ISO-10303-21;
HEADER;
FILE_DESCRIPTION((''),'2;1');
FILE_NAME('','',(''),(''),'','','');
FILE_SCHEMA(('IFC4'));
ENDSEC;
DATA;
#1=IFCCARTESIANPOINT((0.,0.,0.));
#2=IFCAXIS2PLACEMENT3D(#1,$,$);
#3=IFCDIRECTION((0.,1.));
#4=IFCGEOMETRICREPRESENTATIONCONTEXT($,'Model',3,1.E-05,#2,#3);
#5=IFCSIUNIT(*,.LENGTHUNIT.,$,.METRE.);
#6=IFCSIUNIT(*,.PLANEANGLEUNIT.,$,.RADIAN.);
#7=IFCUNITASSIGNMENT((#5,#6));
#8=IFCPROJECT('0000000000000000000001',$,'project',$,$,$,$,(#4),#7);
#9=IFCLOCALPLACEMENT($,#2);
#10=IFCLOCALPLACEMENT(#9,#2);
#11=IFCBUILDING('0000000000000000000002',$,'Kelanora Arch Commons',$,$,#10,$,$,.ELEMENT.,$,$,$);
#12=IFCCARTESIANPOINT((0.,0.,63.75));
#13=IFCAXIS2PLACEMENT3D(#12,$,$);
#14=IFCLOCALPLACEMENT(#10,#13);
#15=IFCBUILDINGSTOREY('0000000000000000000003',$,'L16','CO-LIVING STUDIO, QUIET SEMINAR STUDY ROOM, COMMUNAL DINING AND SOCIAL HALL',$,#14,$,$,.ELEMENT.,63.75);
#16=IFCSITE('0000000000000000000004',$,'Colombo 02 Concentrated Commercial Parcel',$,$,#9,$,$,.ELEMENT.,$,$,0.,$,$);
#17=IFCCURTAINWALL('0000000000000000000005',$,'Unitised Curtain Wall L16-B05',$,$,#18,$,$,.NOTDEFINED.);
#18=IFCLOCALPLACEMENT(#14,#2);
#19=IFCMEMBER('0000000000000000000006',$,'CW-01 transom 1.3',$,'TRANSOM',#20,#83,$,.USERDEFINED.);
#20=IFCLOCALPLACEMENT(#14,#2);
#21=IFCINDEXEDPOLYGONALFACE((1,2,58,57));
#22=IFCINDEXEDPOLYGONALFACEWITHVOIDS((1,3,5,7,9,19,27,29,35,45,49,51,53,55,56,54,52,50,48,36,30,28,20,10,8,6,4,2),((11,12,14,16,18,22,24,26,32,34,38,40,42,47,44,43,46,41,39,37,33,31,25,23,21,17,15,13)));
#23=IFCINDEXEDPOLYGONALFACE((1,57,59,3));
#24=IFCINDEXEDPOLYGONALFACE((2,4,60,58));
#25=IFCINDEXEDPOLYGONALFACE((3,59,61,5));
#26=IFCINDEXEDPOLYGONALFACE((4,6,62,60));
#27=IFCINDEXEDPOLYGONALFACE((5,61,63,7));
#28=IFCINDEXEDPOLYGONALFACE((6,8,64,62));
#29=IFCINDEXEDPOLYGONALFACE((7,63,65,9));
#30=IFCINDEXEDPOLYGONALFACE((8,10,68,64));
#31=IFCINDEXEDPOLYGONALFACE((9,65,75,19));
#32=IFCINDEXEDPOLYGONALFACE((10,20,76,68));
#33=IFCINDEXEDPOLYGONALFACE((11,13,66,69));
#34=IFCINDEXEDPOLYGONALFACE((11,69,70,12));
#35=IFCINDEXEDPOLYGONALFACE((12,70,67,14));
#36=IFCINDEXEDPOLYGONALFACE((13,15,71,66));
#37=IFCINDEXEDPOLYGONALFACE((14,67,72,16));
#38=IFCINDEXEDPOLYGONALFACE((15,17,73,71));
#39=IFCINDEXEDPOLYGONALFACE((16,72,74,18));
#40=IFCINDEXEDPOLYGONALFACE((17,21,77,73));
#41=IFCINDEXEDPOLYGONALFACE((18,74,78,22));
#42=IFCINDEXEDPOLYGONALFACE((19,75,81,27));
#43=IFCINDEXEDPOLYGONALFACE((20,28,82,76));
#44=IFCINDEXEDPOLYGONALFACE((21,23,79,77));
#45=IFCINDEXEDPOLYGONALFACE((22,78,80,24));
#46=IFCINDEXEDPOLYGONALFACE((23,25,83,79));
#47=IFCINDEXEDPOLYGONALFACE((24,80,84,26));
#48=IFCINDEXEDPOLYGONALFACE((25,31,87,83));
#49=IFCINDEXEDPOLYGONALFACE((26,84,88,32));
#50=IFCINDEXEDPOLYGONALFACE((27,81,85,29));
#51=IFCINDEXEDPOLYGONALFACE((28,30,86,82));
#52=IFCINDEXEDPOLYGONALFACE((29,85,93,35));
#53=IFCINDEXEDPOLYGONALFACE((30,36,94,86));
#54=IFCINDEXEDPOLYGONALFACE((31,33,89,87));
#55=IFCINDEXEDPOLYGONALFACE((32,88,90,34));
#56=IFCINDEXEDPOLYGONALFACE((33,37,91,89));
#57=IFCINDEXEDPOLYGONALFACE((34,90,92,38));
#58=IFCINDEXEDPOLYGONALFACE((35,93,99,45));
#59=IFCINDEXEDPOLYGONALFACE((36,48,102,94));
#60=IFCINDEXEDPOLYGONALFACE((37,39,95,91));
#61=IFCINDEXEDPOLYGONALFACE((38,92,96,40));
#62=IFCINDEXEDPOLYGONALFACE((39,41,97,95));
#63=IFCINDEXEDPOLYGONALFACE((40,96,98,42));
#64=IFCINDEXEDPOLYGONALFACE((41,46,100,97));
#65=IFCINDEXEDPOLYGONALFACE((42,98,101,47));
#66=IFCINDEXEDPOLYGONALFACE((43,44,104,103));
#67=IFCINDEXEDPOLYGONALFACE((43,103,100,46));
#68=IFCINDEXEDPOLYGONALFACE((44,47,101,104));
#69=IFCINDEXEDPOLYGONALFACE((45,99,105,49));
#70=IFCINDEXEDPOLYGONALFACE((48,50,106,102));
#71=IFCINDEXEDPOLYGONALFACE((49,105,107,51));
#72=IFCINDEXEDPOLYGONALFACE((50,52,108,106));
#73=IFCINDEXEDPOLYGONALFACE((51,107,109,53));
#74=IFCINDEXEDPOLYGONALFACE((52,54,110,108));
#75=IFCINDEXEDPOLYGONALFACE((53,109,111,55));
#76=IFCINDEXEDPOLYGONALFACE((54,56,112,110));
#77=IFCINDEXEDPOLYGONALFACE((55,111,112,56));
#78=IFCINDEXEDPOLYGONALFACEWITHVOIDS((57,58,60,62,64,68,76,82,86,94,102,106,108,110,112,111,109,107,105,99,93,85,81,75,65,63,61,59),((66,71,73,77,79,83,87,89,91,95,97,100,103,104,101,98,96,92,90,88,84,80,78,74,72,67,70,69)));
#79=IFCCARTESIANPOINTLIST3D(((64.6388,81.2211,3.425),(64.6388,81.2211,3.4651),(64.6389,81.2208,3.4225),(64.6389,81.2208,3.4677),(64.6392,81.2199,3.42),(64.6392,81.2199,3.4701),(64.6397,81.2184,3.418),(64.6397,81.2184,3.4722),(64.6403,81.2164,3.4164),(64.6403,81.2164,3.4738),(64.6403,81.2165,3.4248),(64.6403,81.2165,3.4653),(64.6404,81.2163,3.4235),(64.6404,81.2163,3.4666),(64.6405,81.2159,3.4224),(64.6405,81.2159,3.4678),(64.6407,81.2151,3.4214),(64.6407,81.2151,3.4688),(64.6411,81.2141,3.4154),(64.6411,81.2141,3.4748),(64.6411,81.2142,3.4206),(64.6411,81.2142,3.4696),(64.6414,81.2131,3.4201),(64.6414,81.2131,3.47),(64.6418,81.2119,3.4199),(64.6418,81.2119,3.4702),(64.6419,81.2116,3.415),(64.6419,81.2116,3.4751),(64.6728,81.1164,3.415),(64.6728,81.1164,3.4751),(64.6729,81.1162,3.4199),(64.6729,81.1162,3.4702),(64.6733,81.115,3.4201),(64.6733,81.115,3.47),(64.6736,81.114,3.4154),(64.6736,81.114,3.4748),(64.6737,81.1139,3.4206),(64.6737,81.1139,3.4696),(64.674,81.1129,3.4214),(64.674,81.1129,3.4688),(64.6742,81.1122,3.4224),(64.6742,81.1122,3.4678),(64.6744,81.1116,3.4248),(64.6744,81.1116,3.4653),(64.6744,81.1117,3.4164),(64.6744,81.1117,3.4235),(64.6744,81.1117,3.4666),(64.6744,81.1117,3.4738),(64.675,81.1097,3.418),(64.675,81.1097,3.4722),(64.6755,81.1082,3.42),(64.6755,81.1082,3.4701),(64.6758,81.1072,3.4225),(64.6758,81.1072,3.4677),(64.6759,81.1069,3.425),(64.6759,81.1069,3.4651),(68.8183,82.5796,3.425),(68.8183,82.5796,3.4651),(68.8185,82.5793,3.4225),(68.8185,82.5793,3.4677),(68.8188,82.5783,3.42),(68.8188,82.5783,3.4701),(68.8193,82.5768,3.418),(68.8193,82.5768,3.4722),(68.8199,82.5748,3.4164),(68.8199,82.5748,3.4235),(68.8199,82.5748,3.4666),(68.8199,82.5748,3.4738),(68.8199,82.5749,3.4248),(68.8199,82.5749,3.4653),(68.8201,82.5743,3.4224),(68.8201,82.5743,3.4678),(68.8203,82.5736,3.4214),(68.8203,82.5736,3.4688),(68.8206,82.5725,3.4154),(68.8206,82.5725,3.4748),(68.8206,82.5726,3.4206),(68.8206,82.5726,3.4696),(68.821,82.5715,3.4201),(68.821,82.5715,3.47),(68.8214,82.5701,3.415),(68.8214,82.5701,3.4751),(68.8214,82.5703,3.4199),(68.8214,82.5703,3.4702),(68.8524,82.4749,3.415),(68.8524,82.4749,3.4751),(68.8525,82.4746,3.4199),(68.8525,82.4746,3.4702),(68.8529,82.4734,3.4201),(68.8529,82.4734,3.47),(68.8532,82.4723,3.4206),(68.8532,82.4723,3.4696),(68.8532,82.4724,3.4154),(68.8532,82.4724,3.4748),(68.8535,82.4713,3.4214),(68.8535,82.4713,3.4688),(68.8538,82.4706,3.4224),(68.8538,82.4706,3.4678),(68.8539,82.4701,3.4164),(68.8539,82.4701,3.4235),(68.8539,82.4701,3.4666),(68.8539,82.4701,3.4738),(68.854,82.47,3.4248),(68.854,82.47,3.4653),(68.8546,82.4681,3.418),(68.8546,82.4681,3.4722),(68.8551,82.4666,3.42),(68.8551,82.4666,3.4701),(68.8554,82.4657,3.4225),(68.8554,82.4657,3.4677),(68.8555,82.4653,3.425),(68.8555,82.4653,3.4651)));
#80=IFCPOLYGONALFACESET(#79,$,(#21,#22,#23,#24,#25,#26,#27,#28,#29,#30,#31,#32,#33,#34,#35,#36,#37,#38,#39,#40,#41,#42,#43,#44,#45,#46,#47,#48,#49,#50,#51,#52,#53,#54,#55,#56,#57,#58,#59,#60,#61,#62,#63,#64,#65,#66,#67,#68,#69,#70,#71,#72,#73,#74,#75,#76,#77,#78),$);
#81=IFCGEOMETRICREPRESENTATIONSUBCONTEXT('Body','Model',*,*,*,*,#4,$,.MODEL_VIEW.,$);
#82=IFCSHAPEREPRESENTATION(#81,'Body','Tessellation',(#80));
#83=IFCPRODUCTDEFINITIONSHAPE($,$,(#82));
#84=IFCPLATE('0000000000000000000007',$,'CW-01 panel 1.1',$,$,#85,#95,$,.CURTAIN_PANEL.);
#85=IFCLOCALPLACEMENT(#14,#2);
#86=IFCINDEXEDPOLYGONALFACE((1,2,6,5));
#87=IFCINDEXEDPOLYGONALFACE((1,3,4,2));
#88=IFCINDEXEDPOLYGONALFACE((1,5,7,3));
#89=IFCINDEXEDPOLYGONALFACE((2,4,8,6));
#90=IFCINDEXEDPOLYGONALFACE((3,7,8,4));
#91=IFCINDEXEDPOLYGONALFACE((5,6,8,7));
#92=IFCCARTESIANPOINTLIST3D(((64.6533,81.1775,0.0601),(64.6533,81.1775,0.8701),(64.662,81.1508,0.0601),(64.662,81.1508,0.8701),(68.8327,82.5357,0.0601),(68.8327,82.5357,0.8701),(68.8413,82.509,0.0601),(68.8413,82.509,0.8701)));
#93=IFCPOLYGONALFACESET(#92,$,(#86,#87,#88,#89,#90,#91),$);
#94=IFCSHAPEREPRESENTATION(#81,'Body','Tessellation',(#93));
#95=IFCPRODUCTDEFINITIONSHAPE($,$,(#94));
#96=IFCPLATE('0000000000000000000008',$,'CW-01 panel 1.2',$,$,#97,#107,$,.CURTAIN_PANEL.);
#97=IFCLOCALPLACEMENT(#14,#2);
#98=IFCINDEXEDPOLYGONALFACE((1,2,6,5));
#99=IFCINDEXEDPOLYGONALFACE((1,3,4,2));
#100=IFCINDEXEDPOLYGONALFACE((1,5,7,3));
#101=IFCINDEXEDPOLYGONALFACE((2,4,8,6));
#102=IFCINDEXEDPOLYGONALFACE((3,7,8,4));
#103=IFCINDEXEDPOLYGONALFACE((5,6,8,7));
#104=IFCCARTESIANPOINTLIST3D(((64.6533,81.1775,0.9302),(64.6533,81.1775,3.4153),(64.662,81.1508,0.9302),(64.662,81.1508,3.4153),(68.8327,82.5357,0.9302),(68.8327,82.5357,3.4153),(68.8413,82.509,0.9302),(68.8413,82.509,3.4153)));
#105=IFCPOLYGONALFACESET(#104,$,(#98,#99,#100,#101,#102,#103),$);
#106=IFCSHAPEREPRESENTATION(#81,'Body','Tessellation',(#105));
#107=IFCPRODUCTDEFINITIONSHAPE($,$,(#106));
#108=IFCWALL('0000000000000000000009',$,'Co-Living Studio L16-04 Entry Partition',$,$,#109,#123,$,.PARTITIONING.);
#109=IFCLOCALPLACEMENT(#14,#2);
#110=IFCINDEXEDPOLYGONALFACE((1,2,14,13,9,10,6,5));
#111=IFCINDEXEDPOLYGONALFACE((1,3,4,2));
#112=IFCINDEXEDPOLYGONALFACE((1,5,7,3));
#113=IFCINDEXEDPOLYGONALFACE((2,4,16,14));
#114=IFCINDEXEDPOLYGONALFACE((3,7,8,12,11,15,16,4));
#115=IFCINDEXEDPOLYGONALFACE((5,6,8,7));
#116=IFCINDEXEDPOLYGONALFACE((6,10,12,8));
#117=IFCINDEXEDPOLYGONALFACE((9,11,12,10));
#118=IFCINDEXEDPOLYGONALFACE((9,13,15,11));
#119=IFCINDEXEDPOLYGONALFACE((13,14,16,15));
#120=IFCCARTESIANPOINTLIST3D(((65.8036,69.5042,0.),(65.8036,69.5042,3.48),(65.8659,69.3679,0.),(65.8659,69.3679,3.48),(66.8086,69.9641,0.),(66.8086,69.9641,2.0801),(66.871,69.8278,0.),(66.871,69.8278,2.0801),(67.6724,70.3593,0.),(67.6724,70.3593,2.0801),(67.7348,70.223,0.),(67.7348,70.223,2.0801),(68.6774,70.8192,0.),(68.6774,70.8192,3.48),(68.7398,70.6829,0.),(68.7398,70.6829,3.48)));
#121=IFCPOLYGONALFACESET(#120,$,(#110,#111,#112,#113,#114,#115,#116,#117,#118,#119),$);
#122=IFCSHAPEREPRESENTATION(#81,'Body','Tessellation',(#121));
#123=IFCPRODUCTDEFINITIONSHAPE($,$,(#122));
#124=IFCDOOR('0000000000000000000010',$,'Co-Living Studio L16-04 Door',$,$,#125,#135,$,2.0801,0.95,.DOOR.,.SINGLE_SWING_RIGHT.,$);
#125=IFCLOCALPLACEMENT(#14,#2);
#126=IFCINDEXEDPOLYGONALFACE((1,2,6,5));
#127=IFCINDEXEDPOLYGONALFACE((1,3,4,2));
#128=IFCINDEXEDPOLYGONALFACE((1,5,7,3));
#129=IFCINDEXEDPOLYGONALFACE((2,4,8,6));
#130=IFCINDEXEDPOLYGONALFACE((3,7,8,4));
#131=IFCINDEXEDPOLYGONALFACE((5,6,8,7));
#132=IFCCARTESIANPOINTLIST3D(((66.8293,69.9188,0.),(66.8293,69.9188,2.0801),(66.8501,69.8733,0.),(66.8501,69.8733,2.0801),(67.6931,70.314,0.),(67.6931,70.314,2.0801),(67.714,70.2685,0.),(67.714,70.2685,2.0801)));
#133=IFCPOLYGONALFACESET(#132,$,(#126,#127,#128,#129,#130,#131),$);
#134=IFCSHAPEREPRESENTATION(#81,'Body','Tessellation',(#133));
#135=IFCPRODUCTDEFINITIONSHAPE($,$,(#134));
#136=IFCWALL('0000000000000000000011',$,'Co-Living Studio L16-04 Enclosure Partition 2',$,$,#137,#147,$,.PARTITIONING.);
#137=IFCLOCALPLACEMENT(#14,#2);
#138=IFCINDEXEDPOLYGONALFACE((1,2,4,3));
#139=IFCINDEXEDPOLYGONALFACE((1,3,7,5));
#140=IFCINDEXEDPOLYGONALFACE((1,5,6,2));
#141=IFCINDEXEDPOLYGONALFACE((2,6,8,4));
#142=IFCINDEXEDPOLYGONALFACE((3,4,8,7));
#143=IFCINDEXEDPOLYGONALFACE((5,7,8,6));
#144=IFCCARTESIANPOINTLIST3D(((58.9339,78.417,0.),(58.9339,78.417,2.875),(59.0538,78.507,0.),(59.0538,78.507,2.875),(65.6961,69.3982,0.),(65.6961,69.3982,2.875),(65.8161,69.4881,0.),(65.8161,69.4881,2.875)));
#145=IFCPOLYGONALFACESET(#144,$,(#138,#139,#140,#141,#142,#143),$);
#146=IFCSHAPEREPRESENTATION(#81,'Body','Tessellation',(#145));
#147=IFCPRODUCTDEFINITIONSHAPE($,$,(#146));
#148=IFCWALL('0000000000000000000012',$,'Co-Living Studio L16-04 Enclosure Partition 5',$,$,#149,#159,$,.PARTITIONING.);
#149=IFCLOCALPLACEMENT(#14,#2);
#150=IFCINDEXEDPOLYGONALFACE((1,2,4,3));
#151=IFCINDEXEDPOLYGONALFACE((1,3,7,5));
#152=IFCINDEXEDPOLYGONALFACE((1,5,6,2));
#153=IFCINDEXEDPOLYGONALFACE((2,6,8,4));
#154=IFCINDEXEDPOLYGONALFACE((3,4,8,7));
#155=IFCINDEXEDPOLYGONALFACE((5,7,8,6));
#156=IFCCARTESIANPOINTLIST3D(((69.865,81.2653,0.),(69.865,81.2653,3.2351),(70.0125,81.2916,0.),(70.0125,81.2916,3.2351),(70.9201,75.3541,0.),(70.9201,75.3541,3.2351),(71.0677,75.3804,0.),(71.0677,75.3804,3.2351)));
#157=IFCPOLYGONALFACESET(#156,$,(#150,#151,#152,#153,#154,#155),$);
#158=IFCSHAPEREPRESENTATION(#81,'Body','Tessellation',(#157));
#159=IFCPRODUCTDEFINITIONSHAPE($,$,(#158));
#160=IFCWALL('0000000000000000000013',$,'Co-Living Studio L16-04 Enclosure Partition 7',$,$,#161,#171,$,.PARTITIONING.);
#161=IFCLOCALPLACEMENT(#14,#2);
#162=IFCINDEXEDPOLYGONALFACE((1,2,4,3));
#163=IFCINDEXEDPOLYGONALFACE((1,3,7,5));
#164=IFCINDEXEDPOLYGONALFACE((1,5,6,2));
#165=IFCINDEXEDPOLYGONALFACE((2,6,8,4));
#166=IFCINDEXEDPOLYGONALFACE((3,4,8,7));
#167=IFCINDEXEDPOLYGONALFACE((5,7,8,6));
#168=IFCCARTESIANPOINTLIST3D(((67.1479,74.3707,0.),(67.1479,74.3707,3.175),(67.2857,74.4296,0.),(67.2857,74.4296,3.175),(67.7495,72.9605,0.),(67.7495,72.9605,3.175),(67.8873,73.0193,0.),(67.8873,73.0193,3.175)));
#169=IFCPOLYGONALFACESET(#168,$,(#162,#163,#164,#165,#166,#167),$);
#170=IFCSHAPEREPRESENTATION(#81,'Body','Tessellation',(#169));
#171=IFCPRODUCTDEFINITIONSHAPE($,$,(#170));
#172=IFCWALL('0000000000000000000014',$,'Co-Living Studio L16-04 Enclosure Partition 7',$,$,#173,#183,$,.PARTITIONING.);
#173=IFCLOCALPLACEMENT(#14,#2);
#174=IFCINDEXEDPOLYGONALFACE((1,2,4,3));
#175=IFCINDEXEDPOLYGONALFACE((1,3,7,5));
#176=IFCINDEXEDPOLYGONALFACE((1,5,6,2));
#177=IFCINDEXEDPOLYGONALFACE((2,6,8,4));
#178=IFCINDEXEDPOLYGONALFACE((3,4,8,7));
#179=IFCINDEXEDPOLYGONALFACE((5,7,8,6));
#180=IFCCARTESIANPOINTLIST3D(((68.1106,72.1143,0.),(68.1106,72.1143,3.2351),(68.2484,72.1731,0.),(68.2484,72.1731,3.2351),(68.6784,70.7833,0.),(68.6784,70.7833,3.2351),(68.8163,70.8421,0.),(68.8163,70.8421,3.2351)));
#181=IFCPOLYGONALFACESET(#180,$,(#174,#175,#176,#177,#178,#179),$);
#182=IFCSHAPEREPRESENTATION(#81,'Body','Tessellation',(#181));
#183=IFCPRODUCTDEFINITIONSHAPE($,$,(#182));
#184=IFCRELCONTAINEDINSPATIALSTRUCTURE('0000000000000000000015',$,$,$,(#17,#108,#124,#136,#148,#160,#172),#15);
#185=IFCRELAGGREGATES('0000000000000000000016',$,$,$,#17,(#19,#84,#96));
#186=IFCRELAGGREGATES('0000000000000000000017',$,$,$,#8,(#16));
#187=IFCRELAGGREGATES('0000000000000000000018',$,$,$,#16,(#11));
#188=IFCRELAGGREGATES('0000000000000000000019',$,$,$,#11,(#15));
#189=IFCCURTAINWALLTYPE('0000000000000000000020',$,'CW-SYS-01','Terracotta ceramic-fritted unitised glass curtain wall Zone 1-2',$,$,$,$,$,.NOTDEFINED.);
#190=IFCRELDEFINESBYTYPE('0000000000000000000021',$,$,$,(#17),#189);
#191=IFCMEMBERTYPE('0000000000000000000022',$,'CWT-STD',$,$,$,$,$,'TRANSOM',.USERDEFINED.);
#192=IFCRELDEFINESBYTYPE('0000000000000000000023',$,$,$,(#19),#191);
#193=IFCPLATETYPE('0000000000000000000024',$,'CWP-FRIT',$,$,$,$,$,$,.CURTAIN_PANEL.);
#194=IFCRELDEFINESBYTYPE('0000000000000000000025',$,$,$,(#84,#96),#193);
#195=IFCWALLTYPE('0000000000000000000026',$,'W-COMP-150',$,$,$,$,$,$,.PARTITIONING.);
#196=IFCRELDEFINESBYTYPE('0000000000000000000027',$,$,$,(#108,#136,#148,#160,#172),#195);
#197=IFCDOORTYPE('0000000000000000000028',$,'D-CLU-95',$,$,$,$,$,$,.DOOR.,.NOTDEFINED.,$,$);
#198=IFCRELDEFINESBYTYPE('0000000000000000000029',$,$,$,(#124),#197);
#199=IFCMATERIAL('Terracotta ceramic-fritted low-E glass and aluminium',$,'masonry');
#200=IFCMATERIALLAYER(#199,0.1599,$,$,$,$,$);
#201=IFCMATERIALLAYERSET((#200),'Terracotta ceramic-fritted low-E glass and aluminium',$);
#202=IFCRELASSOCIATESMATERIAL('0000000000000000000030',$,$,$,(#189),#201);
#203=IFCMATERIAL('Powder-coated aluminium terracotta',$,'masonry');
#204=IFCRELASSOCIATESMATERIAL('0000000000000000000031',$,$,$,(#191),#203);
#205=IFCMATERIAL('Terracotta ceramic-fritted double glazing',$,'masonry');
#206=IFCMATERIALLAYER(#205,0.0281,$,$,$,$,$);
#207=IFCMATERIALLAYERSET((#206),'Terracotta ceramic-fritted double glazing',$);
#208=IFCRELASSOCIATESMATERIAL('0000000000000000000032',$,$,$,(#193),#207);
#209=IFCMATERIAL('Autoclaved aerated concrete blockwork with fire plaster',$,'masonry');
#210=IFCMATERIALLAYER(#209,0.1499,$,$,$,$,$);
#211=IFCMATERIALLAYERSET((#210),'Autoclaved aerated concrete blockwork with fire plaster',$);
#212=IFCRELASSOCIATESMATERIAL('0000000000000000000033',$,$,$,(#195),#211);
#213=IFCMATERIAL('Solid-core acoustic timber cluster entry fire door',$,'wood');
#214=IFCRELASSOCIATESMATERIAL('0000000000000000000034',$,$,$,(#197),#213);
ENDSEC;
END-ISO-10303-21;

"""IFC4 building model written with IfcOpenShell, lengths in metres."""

from ifc_helpers import new_model, si_unit, direction, frame, frame_2d, origin, origin_2d, place, context, subcontext, project, spatial, rectangle, hollow_rectangle, extrude, source, transform, mapped, material, layer, layer_set, material_profile, profile_set, type_object, element, fill, aggregate, save


model = new_model("IFC4")

# Units and contexts
model_context = context("Model", 3, precision=1e-05, world=origin(), true_north=direction((0.0, 1.0)))
body_context = subcontext(model_context, "Body", "Model", "MODEL_VIEW")
ifc_project = project(units=[si_unit("LENGTHUNIT", "METRE"), si_unit("PLANEANGLEUNIT", "RADIAN")], contexts=[model_context])

# Site, building, storey
site_placement = place(None, origin())
site = spatial("IfcSite", under=ifc_project, at=site_placement, Name="Colombo 02 Concentrated Commercial Parcel", CompositionType="ELEMENT", RefElevation=0.0)
building_placement = place(site_placement, origin())
building = spatial("IfcBuilding", under=site, at=building_placement, Name="Kelanora Arch Commons", CompositionType="ELEMENT")
storey_placement = place(building_placement, frame((0.0, 0.0, 63.75)))
storey = spatial("IfcBuildingStorey", under=building, at=storey_placement, Name="L16", Description="CO-LIVING STUDIO, QUIET SEMINAR STUDY ROOM, COMMUNAL DINING AND SOCIAL HALL", CompositionType="ELEMENT", Elevation=63.75)

# Curtain wall, member, plates
ifc_material_1 = material(Name="Terracotta ceramic-fritted low-E glass and aluminium", Category="masonry")
ifc_layer_1 = layer(ifc_material_1, 0.1599)
ifc_layer_set_1 = layer_set([ifc_layer_1], Name="Terracotta ceramic-fritted low-E glass and aluminium")
curtain_wall_type = type_object("IfcCurtainWallType", Name="CW-SYS-01", Description="Terracotta ceramic-fritted unitised glass curtain wall Zone 1-2", PredefinedType="NOTDEFINED", material=ifc_layer_set_1)
curtain_wall_placement = place(storey_placement, origin())
curtain_wall = element("IfcCurtainWall", 1, at=curtain_wall_placement, inside=storey, type_object=curtain_wall_type, Name="Unitised Curtain Wall L16-B05", PredefinedType="NOTDEFINED")
ifc_material_2 = material(Name="Powder-coated aluminium terracotta", Category="masonry")
ifc_material_profile_1 = material_profile(ifc_material_2, hollow_rectangle(XDim=0.1201, YDim=0.0601, WallThickness=0.0049, InnerFilletRadius=0.0049, OuterFilletRadius=0.01, at=origin_2d()), Name="CWT120x60")
ifc_profile_set_1 = profile_set([ifc_material_profile_1], Name="Powder-coated aluminium terracotta")
member_type_1 = type_object("IfcMemberType", Name="CWT-STD", ElementType="TRANSOM", PredefinedType="USERDEFINED", material=ifc_profile_set_1)
member_1_placement = place(storey_placement, frame((68.8369, 82.5225, 3.4451), z_axis=(-0.951029, -0.309102, 0.0), x_axis=(0.309102, -0.951029, 0.0)))
member_1 = element("IfcMember", 2, at=member_1_placement, type_object=member_type_1, Name="CW-01 transom 1.3", ObjectType="TRANSOM", PredefinedType="USERDEFINED", context=body_context, shape_type="SweptSolid", body=[
    extrude(hollow_rectangle(XDim=0.1201, YDim=0.0601, WallThickness=0.0049, InnerFilletRadius=0.0049, OuterFilletRadius=0.01, at=origin_2d()), origin(), (0.0, 0.0, 1.0), 4.3948),
])
ifc_material_3 = material(Name="Terracotta ceramic-fritted double glazing", Category="masonry")
ifc_layer_2 = layer(ifc_material_3, 0.0281)
ifc_layer_set_2 = layer_set([ifc_layer_2], Name="Terracotta ceramic-fritted double glazing")
plate_type = type_object("IfcPlateType", Name="CWP-FRIT", PredefinedType="CURTAIN_PANEL", material=ifc_layer_set_2)
shared_shape_1 = source(origin(), body_context, "Body", "SweptSolid", [
    extrude(rectangle(XDim=4.3945, YDim=0.0281, at=origin_2d()), origin(), (0.0, 0.0, 1.0), 0.8101),
])
plate_1_placement = place(storey_placement, frame((66.7473, 81.8433, 0.0601), z_axis=(0.0, 0.0, 1.0), x_axis=(-0.951043, -0.309058, 0.0)))
plate_1 = element("IfcPlate", 3, at=plate_1_placement, type_object=plate_type, Name="CW-01 panel 1.1", PredefinedType="CURTAIN_PANEL", context=body_context, shape_type="MappedRepresentation", body=[
    mapped(shared_shape_1, transform((0.0, 0.0, 0.0), scale=1.0)),
])
shared_shape_2 = source(origin(), body_context, "Body", "SweptSolid", [
    extrude(rectangle(XDim=4.3945, YDim=0.0281, at=origin_2d()), origin(), (0.0, 0.0, 1.0), 2.4851),
])
plate_2_placement = place(storey_placement, frame((66.7473, 81.8433, 0.9302), z_axis=(0.0, 0.0, 1.0), x_axis=(-0.951043, -0.309058, 0.0)))
plate_2 = element("IfcPlate", 4, at=plate_2_placement, type_object=plate_type, Name="CW-01 panel 1.2", PredefinedType="CURTAIN_PANEL", context=body_context, shape_type="MappedRepresentation", body=[
    mapped(shared_shape_2, transform((0.0, 0.0, 0.0), scale=1.0)),
])
aggregate(curtain_wall, [member_1, plate_1, plate_2])

# Wall, opening, door
ifc_material_4 = material(Name="Autoclaved aerated concrete blockwork with fire plaster", Category="masonry")
ifc_layer_3 = layer(ifc_material_4, 0.1499)
ifc_layer_set_3 = layer_set([ifc_layer_3], Name="Autoclaved aerated concrete blockwork with fire plaster")
wall_type_1 = type_object("IfcWallType", Name="W-COMP-150", PredefinedType="PARTITIONING", material=ifc_layer_set_3)
wall_1_placement = place(storey_placement, frame((68.7085, 70.751, 0.0), z_axis=(0.0, 0.0, 1.0), x_axis=(-0.909329, -0.416077, 0.0)))
wall_1 = element("IfcWall", 5, at=wall_1_placement, inside=storey, type_object=wall_type_1, Name="Co-Living Studio L16-04 Entry Partition", PredefinedType="PARTITIONING", context=body_context, shape_type="SweptSolid", body=[
    extrude(rectangle(XDim=3.1604, YDim=0.1499, at=frame_2d((1.5801, 0.0))), origin(), (0.0, 0.0, 1.0), 3.48),
])
opening_1_placement = place(wall_1_placement, frame((1.105, 0.0, 0.0)))
opening_1 = element("IfcOpeningElement", 6, at=opening_1_placement, cuts=wall_1, PredefinedType="OPENING", context=body_context, shape_type="SweptSolid", body=[
    extrude(rectangle(XDim=0.95, YDim=2.0801, at=frame_2d((0.4751, 1.04))), frame((0.0, 0.085, 0.0), z_axis=(0.0, -1.0, 0.0), x_axis=(1.0, 0.0, 0.0)), (0.0, 0.0, 1.0), 0.1699),
])
ifc_material_5 = material(Name="Solid-core acoustic timber cluster entry fire door", Category="wood")
door_type_1 = type_object("IfcDoorType", Name="D-CLU-95", OperationType="NOTDEFINED", PredefinedType="DOOR", material=ifc_material_5)
door_1_placement = place(opening_1_placement, origin())
door_1 = element("IfcDoor", 7, at=door_1_placement, inside=storey, type_object=door_type_1, Name="Co-Living Studio L16-04 Door", OperationType="SINGLE_SWING_RIGHT", OverallHeight=2.0801, OverallWidth=0.95, PredefinedType="DOOR", context=body_context, shape_type="SweptSolid", body=[
    extrude(rectangle(XDim=0.95, YDim=2.0801, at=frame_2d((0.4751, 1.04))), frame((0.0, 0.0249, 0.0), z_axis=(0.0, -1.0, 0.0), x_axis=(1.0, 0.0, 0.0)), (0.0, 0.0, 1.0), 0.05),
])
fill(opening_1, door_1)

# Walls
wall_2_placement = place(storey_placement, frame((65.7561, 69.4431, 0.0), z_axis=(0.0, 0.0, 1.0), x_axis=(-0.599893, 0.800081, 0.0)))
element("IfcWall", 8, at=wall_2_placement, inside=storey, type_object=wall_type_1, Name="Co-Living Studio L16-04 Enclosure Partition 2", PredefinedType="PARTITIONING", context=body_context, shape_type="SweptSolid", body=[
    extrude(rectangle(XDim=11.2725, YDim=0.1499, at=frame_2d((5.6362, 0.0))), origin(), (0.0, 0.0, 1.0), 2.875),
])
wall_3_placement = place(storey_placement, frame((69.9387, 81.2786, 0.0), z_axis=(0.0, 0.0, 1.0), x_axis=(0.175729, -0.984439, 0.0)))
element("IfcWall", 9, at=wall_3_placement, inside=storey, type_object=wall_type_1, Name="Co-Living Studio L16-04 Enclosure Partition 5", PredefinedType="PARTITIONING", context=body_context, shape_type="SweptSolid", body=[
    extrude(rectangle(XDim=6.0046, YDim=0.1499, at=frame_2d((3.0024, 0.0))), origin(), (0.0, 0.0, 1.0), 3.2351),
])
wall_4_placement = place(storey_placement, frame((67.2168, 74.4001, 0.0), z_axis=(0.0, 0.0, 1.0), x_axis=(0.392381, -0.919803, 0.0)))
element("IfcWall", 10, at=wall_4_placement, inside=storey, type_object=wall_type_1, Name="Co-Living Studio L16-04 Enclosure Partition 7", PredefinedType="PARTITIONING", context=body_context, shape_type="SweptSolid", body=[
    extrude(rectangle(XDim=1.5332, YDim=0.1499, at=frame_2d((0.7666, 0.0))), origin(), (0.0, 0.0, 1.0), 3.175),
])
wall_5_placement = place(storey_placement, frame((68.1794, 72.1438, 0.0), z_axis=(0.0, 0.0, 1.0), x_axis=(0.392412, -0.91979, 0.0)))
element("IfcWall", 11, at=wall_5_placement, inside=storey, type_object=wall_type_1, Name="Co-Living Studio L16-04 Enclosure Partition 7", PredefinedType="PARTITIONING", context=body_context, shape_type="SweptSolid", body=[
    extrude(rectangle(XDim=1.447, YDim=0.1499, at=frame_2d((0.7236, 0.0))), origin(), (0.0, 0.0, 1.0), 3.2351),
])

save(model, "model.ifc")
